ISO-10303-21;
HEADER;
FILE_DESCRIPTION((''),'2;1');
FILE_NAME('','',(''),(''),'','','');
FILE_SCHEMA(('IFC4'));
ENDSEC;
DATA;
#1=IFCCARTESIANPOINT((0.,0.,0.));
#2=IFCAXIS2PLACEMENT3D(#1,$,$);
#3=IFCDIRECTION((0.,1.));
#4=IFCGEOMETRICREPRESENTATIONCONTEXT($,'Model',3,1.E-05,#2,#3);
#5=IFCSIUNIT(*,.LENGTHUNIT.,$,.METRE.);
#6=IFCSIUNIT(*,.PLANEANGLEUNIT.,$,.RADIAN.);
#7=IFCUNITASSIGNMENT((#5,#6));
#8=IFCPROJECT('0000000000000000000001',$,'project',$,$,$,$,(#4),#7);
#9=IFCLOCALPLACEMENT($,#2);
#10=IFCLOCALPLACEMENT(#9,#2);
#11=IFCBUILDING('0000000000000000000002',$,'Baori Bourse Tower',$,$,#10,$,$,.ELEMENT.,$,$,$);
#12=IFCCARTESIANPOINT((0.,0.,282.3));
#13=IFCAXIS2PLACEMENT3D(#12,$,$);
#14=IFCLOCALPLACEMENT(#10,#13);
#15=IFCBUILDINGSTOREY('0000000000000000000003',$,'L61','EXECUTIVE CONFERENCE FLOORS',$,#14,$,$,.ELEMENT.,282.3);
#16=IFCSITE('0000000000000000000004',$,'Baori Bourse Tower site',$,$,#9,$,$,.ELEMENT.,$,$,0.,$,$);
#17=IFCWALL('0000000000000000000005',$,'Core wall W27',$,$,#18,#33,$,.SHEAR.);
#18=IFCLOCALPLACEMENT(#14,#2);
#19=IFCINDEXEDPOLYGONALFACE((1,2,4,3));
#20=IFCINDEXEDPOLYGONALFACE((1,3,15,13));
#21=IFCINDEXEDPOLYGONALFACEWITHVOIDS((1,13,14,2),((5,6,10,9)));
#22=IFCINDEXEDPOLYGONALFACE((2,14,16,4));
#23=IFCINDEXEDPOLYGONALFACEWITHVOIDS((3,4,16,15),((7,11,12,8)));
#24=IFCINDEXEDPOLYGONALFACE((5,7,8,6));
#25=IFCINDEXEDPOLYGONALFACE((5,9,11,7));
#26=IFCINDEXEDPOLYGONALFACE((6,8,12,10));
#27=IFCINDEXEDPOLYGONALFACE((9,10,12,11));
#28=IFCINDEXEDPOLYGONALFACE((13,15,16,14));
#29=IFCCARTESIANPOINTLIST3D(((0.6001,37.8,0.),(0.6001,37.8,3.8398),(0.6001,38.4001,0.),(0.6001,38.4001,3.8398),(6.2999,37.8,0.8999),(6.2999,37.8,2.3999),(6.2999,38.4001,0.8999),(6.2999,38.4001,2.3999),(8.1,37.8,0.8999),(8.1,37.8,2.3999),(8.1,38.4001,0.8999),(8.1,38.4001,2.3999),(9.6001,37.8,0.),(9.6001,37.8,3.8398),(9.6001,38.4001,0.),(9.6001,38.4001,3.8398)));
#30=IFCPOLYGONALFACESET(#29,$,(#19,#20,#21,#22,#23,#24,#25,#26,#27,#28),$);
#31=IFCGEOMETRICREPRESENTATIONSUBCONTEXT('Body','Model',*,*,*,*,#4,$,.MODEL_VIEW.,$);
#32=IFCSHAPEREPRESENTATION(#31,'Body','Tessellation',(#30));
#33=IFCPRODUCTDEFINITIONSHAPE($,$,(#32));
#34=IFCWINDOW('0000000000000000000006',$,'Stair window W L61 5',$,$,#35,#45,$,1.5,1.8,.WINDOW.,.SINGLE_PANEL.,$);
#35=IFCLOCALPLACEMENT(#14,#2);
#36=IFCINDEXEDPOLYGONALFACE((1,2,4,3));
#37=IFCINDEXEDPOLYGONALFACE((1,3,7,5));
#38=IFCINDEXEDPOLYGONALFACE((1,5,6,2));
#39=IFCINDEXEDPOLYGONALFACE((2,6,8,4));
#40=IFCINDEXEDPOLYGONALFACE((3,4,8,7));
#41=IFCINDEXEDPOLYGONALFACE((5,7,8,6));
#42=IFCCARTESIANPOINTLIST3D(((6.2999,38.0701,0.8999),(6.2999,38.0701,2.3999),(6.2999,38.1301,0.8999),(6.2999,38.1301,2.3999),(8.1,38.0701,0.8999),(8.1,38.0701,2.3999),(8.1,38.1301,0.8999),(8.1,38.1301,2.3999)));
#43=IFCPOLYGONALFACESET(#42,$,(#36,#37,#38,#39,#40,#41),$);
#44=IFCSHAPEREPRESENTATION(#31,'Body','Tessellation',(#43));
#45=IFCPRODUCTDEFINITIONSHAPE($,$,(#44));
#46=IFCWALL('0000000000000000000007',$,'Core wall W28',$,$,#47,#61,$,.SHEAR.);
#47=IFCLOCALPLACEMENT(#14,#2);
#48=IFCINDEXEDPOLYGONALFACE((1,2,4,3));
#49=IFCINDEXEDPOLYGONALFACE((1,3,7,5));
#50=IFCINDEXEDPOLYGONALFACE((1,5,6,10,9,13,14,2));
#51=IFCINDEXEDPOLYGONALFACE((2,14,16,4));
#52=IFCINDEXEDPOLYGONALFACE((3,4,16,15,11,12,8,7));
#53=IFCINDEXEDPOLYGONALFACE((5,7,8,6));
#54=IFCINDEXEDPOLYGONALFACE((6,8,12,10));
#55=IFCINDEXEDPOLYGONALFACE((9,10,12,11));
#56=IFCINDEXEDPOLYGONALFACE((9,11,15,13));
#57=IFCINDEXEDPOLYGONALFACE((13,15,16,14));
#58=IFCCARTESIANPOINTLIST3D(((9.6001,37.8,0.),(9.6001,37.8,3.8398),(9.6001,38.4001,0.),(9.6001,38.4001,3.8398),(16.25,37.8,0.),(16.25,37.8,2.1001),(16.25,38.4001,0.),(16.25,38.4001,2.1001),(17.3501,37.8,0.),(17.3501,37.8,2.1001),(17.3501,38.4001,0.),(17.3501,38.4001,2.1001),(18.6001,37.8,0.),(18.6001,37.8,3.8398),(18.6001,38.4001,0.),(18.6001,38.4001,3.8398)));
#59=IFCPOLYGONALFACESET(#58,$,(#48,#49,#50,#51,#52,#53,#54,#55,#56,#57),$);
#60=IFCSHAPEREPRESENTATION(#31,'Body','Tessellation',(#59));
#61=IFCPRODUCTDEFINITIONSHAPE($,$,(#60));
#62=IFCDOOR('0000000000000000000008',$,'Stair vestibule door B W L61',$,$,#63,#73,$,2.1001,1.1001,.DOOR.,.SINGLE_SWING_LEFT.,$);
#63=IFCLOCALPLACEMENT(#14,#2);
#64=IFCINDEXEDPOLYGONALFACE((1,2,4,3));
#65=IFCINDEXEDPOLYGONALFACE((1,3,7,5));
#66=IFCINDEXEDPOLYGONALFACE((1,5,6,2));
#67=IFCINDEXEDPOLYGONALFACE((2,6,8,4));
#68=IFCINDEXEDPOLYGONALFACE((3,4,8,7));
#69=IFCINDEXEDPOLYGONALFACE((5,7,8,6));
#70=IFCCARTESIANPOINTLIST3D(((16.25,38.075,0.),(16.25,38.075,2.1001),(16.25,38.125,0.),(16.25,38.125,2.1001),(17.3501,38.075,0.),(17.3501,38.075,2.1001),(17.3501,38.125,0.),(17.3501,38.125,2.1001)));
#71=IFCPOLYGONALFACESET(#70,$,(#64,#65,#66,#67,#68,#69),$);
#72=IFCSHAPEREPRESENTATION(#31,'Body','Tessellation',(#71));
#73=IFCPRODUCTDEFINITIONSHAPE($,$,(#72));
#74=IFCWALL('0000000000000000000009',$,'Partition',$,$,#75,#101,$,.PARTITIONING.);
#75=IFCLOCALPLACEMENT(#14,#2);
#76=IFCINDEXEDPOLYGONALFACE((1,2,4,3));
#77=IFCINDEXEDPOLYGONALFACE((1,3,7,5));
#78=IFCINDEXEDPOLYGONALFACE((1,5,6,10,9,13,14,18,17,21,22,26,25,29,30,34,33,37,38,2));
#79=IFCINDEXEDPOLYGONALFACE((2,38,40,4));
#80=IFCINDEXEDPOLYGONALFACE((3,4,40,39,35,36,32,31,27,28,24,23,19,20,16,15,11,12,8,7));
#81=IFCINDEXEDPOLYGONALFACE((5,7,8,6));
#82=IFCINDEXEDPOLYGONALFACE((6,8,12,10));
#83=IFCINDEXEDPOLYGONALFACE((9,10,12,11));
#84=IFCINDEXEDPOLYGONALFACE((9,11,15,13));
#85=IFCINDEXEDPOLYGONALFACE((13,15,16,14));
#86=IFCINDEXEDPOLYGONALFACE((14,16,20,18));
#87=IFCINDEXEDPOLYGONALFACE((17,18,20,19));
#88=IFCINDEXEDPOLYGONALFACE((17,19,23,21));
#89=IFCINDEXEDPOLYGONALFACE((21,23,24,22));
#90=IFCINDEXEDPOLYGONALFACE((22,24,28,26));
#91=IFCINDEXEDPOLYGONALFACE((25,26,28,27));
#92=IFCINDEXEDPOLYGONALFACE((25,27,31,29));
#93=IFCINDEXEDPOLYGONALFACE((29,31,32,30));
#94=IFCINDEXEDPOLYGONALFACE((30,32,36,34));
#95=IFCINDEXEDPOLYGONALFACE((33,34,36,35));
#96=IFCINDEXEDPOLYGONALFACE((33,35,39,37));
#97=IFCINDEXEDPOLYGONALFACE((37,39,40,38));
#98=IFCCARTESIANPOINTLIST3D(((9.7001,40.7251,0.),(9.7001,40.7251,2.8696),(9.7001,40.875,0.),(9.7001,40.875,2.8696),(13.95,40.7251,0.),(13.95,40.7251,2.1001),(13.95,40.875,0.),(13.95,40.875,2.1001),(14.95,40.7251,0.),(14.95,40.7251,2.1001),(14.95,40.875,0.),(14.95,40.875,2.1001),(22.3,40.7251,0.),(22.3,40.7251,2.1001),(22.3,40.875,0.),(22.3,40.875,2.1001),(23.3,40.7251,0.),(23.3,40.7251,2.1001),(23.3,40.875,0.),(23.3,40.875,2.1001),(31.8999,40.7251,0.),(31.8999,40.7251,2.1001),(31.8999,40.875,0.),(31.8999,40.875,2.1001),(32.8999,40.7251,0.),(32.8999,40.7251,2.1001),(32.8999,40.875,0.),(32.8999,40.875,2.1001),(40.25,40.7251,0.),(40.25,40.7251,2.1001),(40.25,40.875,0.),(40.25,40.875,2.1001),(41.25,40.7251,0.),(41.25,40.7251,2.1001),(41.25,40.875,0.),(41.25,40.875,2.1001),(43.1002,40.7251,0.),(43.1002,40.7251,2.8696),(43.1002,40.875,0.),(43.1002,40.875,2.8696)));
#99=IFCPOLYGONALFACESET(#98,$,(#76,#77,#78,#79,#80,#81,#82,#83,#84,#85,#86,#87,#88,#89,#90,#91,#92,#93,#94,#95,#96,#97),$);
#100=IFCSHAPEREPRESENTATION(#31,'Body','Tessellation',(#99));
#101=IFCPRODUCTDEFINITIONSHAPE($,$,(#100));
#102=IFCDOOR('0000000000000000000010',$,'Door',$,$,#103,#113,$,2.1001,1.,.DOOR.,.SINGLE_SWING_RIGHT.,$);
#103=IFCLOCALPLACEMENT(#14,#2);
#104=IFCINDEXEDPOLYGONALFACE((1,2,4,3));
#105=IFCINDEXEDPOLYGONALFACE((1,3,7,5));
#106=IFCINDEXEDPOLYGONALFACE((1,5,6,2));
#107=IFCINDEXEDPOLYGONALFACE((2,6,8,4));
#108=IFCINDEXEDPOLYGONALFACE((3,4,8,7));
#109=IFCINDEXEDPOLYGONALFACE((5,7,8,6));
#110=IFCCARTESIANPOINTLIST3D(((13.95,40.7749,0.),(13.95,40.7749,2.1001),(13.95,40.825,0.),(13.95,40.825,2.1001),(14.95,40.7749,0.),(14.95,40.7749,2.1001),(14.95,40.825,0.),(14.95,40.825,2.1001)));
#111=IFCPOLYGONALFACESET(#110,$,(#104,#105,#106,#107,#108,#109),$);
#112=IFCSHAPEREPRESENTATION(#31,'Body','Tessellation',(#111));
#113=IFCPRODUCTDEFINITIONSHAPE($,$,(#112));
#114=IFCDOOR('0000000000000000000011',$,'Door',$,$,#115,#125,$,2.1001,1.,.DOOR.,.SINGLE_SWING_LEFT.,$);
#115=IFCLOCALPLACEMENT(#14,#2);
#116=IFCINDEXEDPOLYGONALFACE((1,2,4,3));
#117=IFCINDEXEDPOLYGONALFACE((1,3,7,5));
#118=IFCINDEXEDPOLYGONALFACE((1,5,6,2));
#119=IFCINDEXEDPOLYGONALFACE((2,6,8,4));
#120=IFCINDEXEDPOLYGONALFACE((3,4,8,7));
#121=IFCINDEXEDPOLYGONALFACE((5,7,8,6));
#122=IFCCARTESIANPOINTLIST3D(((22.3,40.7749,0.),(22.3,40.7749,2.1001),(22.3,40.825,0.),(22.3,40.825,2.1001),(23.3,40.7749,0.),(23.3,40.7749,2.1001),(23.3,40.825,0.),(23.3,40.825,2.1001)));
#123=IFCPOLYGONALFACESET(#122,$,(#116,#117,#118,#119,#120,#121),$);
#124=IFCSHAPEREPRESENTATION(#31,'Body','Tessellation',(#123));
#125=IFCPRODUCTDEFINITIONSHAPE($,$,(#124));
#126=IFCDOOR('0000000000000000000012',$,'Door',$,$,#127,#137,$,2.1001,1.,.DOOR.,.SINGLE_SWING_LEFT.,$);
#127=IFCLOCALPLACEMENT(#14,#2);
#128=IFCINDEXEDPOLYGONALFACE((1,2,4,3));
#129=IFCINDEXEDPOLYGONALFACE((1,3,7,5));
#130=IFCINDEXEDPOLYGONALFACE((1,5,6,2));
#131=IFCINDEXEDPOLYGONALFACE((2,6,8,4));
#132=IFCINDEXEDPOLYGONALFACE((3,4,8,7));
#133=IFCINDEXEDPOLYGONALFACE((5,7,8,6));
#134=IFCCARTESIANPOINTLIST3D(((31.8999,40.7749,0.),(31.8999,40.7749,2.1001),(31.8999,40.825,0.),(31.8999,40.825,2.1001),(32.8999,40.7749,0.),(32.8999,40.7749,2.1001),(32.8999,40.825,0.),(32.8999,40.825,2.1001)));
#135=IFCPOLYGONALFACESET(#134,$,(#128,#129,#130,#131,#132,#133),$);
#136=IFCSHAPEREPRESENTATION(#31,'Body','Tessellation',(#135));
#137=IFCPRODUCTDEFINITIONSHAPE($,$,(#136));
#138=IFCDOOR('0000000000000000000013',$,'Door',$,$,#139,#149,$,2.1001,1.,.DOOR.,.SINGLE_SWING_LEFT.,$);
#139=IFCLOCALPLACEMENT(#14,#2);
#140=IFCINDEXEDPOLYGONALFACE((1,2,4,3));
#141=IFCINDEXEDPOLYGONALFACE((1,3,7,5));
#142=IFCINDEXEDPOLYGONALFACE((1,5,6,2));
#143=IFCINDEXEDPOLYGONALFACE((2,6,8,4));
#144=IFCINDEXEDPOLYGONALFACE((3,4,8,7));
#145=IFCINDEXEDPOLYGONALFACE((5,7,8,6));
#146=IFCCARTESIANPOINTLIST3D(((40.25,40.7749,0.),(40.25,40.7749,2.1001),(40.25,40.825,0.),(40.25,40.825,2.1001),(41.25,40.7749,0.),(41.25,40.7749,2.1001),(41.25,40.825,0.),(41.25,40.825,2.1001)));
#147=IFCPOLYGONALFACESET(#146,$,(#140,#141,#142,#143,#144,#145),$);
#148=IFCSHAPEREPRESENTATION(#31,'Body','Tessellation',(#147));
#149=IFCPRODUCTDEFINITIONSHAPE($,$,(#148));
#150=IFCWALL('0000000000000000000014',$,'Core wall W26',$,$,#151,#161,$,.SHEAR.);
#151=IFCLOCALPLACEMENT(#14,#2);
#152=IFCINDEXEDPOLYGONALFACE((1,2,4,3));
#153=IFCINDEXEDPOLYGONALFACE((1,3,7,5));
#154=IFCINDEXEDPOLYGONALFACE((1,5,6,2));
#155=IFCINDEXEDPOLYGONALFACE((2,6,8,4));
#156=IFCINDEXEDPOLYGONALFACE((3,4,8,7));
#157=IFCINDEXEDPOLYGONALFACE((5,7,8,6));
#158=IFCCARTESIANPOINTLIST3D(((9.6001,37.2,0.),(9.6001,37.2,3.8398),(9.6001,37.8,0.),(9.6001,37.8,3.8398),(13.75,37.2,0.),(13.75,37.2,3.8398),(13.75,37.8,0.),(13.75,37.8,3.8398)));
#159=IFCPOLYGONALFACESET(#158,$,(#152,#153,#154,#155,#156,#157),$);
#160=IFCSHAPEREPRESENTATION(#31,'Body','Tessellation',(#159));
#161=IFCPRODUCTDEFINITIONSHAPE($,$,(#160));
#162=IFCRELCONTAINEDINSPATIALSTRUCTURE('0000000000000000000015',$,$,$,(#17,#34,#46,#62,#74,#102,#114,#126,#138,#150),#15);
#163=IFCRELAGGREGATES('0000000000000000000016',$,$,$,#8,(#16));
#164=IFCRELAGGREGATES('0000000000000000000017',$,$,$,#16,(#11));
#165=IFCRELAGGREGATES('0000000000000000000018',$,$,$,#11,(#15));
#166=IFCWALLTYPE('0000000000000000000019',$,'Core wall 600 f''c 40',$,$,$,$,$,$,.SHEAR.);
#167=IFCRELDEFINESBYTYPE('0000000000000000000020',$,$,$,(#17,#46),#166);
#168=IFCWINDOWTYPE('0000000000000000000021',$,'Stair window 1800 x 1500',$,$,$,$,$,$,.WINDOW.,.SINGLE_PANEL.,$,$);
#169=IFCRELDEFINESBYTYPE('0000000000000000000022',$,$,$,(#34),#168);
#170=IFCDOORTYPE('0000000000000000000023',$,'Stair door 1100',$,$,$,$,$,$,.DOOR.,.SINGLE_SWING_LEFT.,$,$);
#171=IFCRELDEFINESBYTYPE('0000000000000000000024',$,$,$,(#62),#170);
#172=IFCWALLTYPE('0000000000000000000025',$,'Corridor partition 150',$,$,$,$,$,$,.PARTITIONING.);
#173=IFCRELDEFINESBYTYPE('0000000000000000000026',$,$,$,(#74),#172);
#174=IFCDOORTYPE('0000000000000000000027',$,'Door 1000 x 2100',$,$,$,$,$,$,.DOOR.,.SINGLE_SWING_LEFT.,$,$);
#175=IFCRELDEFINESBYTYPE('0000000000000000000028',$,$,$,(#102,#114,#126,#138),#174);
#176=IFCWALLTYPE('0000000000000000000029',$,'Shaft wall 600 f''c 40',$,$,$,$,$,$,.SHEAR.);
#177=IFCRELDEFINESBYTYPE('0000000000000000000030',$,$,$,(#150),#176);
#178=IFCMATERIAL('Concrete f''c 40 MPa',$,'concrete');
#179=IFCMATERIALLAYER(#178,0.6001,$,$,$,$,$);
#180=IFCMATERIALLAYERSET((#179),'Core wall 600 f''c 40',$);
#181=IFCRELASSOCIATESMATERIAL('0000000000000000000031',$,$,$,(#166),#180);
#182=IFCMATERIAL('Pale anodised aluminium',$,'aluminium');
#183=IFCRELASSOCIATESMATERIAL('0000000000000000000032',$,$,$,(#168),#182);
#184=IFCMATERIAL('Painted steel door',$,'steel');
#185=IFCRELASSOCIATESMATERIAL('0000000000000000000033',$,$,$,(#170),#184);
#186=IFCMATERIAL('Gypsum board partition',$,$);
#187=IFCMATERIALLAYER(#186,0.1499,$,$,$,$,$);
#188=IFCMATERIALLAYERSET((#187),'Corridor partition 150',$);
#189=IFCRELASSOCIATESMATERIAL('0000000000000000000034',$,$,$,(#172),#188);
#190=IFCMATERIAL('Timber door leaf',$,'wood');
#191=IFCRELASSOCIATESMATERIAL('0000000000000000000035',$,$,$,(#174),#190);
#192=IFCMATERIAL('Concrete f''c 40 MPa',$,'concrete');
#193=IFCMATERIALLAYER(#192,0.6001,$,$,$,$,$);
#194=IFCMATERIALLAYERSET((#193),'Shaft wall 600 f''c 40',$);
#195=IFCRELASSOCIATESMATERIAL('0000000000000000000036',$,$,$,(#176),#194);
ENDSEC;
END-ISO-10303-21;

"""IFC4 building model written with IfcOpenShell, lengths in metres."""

from ifc_helpers import new_model, si_unit, direction, frame, frame_2d, origin, place, context, subcontext, project, spatial, rectangle, extrude, material, layer, layer_set, type_object, element, fill, save


model = new_model("IFC4")

# Units and contexts
model_context = context("Model", 3, precision=1e-05, world=origin(), true_north=direction((0.0, 1.0)))
body_context = subcontext(model_context, "Body", "Model", "MODEL_VIEW")
ifc_project = project(units=[si_unit("LENGTHUNIT", "METRE"), si_unit("PLANEANGLEUNIT", "RADIAN")], contexts=[model_context])

# Site, building, storey
site_placement = place(None, origin())
site = spatial("IfcSite", under=ifc_project, at=site_placement, Name="Baori Bourse Tower site", CompositionType="ELEMENT", RefElevation=0.0)
building_placement = place(site_placement, origin())
building = spatial("IfcBuilding", under=site, at=building_placement, Name="Baori Bourse Tower", CompositionType="ELEMENT")
storey_placement = place(building_placement, frame((0.0, 0.0, 282.3)))
storey = spatial("IfcBuildingStorey", under=building, at=storey_placement, Name="L61", Description="EXECUTIVE CONFERENCE FLOORS", CompositionType="ELEMENT", Elevation=282.3)

# Wall, opening, window
ifc_material_1 = material(Name="Concrete f'c 40 MPa", Category="concrete")
ifc_layer_1 = layer(ifc_material_1, 0.6001)
ifc_layer_set_1 = layer_set([ifc_layer_1], Name="Core wall 600 f'c 40")
wall_type_1 = type_object("IfcWallType", Name="Core wall 600 f'c 40", PredefinedType="SHEAR", material=ifc_layer_set_1)
wall_1_placement = place(storey_placement, frame((0.6001, 38.1001, 0.0), z_axis=(0.0, 0.0, 1.0), x_axis=(1.0, 0.0, 0.0)))
wall_1 = element("IfcWall", 1, at=wall_1_placement, inside=storey, type_object=wall_type_1, Name="Core wall W27", PredefinedType="SHEAR", context=body_context, shape_type="SweptSolid", body=[
    extrude(rectangle(XDim=9.0, YDim=0.6001, at=frame_2d((4.5, 0.0))), origin(), (0.0, 0.0, 1.0), 3.8398),
])
opening_1_placement = place(wall_1_placement, frame((5.7, 0.0, 0.8999)))
opening_1 = element("IfcOpeningElement", 2, at=opening_1_placement, cuts=wall_1, PredefinedType="OPENING", context=body_context, shape_type="SweptSolid", body=[
    extrude(rectangle(XDim=1.8, YDim=1.5, at=frame_2d((0.8999, 0.75))), frame((0.0, 0.3101, 0.0), z_axis=(0.0, -1.0, 0.0), x_axis=(1.0, 0.0, 0.0)), (0.0, 0.0, 1.0), 0.6201),
])
ifc_material_2 = material(Name="Pale anodised aluminium", Category="aluminium")
window_type = type_object("IfcWindowType", Name="Stair window 1800 x 1500", PartitioningType="SINGLE_PANEL", PredefinedType="WINDOW", material=ifc_material_2)
window_placement = place(opening_1_placement, origin())
window = element("IfcWindow", 3, at=window_placement, inside=storey, type_object=window_type, Name="Stair window W L61 5", OverallHeight=1.5, OverallWidth=1.8, PartitioningType="SINGLE_PANEL", PredefinedType="WINDOW", context=body_context, shape_type="SweptSolid", body=[
    extrude(rectangle(XDim=1.8, YDim=1.5, at=frame_2d((0.8999, 0.75))), frame((0.0, 0.03, 0.0), z_axis=(0.0, -1.0, 0.0), x_axis=(1.0, 0.0, 0.0)), (0.0, 0.0, 1.0), 0.0601),
])
fill(opening_1, window)

# Wall, opening, door
wall_2_placement = place(storey_placement, frame((9.6001, 38.1001, 0.0), z_axis=(0.0, 0.0, 1.0), x_axis=(1.0, 0.0, 0.0)))
wall_2 = element("IfcWall", 4, at=wall_2_placement, inside=storey, type_object=wall_type_1, Name="Core wall W28", PredefinedType="SHEAR", context=body_context, shape_type="SweptSolid", body=[
    extrude(rectangle(XDim=9.0, YDim=0.6001, at=frame_2d((4.5, 0.0))), origin(), (0.0, 0.0, 1.0), 3.8398),
])
opening_2_placement = place(wall_2_placement, frame((6.6499, 0.0, 0.0)))
opening_2 = element("IfcOpeningElement", 5, at=opening_2_placement, cuts=wall_2, PredefinedType="OPENING", context=body_context, shape_type="SweptSolid", body=[
    extrude(rectangle(XDim=1.1001, YDim=2.1001, at=frame_2d((0.55, 1.05))), frame((0.0, 0.3101, 0.0), z_axis=(0.0, -1.0, 0.0), x_axis=(1.0, 0.0, 0.0)), (0.0, 0.0, 1.0), 0.6201),
])
ifc_material_3 = material(Name="Painted steel door", Category="steel")
door_type_1 = type_object("IfcDoorType", Name="Stair door 1100", OperationType="SINGLE_SWING_LEFT", PredefinedType="DOOR", material=ifc_material_3)
door_1_placement = place(opening_2_placement, origin())
door_1 = element("IfcDoor", 6, at=door_1_placement, inside=storey, type_object=door_type_1, Name="Stair vestibule door B W L61", OperationType="SINGLE_SWING_LEFT", OverallHeight=2.1001, OverallWidth=1.1001, PredefinedType="DOOR", context=body_context, shape_type="SweptSolid", body=[
    extrude(rectangle(XDim=1.1001, YDim=2.1001, at=frame_2d((0.55, 1.05))), frame((0.0, 0.0249, 0.0), z_axis=(0.0, -1.0, 0.0), x_axis=(1.0, 0.0, 0.0)), (0.0, 0.0, 1.0), 0.05),
])
fill(opening_2, door_1)

# Wall, openings, doors
ifc_material_4 = material(Name="Gypsum board partition")
ifc_layer_2 = layer(ifc_material_4, 0.1499)
ifc_layer_set_2 = layer_set([ifc_layer_2], Name="Corridor partition 150")
wall_type_2 = type_object("IfcWallType", Name="Corridor partition 150", PredefinedType="PARTITIONING", material=ifc_layer_set_2)
wall_3_placement = place(storey_placement, frame((9.7, 40.8, 0.0), z_axis=(0.0, 0.0, 1.0), x_axis=(1.0, 0.0, 0.0)))
wall_3 = element("IfcWall", 7, at=wall_3_placement, inside=storey, type_object=wall_type_2, Name="Partition", PredefinedType="PARTITIONING", context=body_context, shape_type="SweptSolid", body=[
    extrude(rectangle(XDim=33.4001, YDim=0.1499, at=frame_2d((16.7002, 0.0))), origin(), (0.0, 0.0, 1.0), 2.8696),
])
opening_3_placement = place(wall_3_placement, frame((4.25, 0.0, 0.0)))
opening_3 = element("IfcOpeningElement", 8, at=opening_3_placement, cuts=wall_3, PredefinedType="OPENING", context=body_context, shape_type="SweptSolid", body=[
    extrude(rectangle(XDim=1.0, YDim=2.1001, at=frame_2d((0.5, 1.05))), frame((0.0, 0.085, 0.0), z_axis=(0.0, -1.0, 0.0), x_axis=(1.0, 0.0, 0.0)), (0.0, 0.0, 1.0), 0.1699),
])
opening_4_placement = place(wall_3_placement, frame((12.6001, 0.0, 0.0)))
opening_4 = element("IfcOpeningElement", 9, at=opening_4_placement, cuts=wall_3, PredefinedType="OPENING", context=body_context, shape_type="SweptSolid", body=[
    extrude(rectangle(XDim=1.0, YDim=2.1001, at=frame_2d((0.5, 1.05))), frame((0.0, 0.085, 0.0), z_axis=(0.0, -1.0, 0.0), x_axis=(1.0, 0.0, 0.0)), (0.0, 0.0, 1.0), 0.1699),
])
opening_5_placement = place(wall_3_placement, frame((22.2, 0.0, 0.0)))
opening_5 = element("IfcOpeningElement", 10, at=opening_5_placement, cuts=wall_3, PredefinedType="OPENING", context=body_context, shape_type="SweptSolid", body=[
    extrude(rectangle(XDim=1.0, YDim=2.1001, at=frame_2d((0.5, 1.05))), frame((0.0, 0.085, 0.0), z_axis=(0.0, -1.0, 0.0), x_axis=(1.0, 0.0, 0.0)), (0.0, 0.0, 1.0), 0.1699),
])
opening_6_placement = place(wall_3_placement, frame((30.55, 0.0, 0.0)))
opening_6 = element("IfcOpeningElement", 11, at=opening_6_placement, cuts=wall_3, PredefinedType="OPENING", context=body_context, shape_type="SweptSolid", body=[
    extrude(rectangle(XDim=1.0, YDim=2.1001, at=frame_2d((0.5, 1.05))), frame((0.0, 0.085, 0.0), z_axis=(0.0, -1.0, 0.0), x_axis=(1.0, 0.0, 0.0)), (0.0, 0.0, 1.0), 0.1699),
])
ifc_material_5 = material(Name="Timber door leaf", Category="wood")
door_type_2 = type_object("IfcDoorType", Name="Door 1000 x 2100", OperationType="SINGLE_SWING_LEFT", PredefinedType="DOOR", material=ifc_material_5)
door_2_placement = place(opening_3_placement, origin())
door_2 = element("IfcDoor", 12, at=door_2_placement, inside=storey, type_object=door_type_2, Name="Door", OperationType="SINGLE_SWING_RIGHT", OverallHeight=2.1001, OverallWidth=1.0, PredefinedType="DOOR", context=body_context, shape_type="SweptSolid", body=[
    extrude(rectangle(XDim=1.0, YDim=2.1001, at=frame_2d((0.5, 1.05))), frame((0.0, 0.0249, 0.0), z_axis=(0.0, -1.0, 0.0), x_axis=(1.0, 0.0, 0.0)), (0.0, 0.0, 1.0), 0.05),
])
fill(opening_3, door_2)
door_3_placement = place(opening_4_placement, origin())
door_3 = element("IfcDoor", 13, at=door_3_placement, inside=storey, type_object=door_type_2, Name="Door", OperationType="SINGLE_SWING_LEFT", OverallHeight=2.1001, OverallWidth=1.0, PredefinedType="DOOR", context=body_context, shape_type="SweptSolid", body=[
    extrude(rectangle(XDim=1.0, YDim=2.1001, at=frame_2d((0.5, 1.05))), frame((0.0, 0.0249, 0.0), z_axis=(0.0, -1.0, 0.0), x_axis=(1.0, 0.0, 0.0)), (0.0, 0.0, 1.0), 0.05),
])
fill(opening_4, door_3)
door_4_placement = place(opening_5_placement, origin())
door_4 = element("IfcDoor", 14, at=door_4_placement, inside=storey, type_object=door_type_2, Name="Door", OperationType="SINGLE_SWING_LEFT", OverallHeight=2.1001, OverallWidth=1.0, PredefinedType="DOOR", context=body_context, shape_type="SweptSolid", body=[
    extrude(rectangle(XDim=1.0, YDim=2.1001, at=frame_2d((0.5, 1.05))), frame((0.0, 0.0249, 0.0), z_axis=(0.0, -1.0, 0.0), x_axis=(1.0, 0.0, 0.0)), (0.0, 0.0, 1.0), 0.05),
])
fill(opening_5, door_4)
door_5_placement = place(opening_6_placement, origin())
door_5 = element("IfcDoor", 15, at=door_5_placement, inside=storey, type_object=door_type_2, Name="Door", OperationType="SINGLE_SWING_LEFT", OverallHeight=2.1001, OverallWidth=1.0, PredefinedType="DOOR", context=body_context, shape_type="SweptSolid", body=[
    extrude(rectangle(XDim=1.0, YDim=2.1001, at=frame_2d((0.5, 1.05))), frame((0.0, 0.0249, 0.0), z_axis=(0.0, -1.0, 0.0), x_axis=(1.0, 0.0, 0.0)), (0.0, 0.0, 1.0), 0.05),
])
fill(opening_6, door_5)

# Wall
ifc_material_6 = material(Name="Concrete f'c 40 MPa", Category="concrete")
ifc_layer_3 = layer(ifc_material_6, 0.6001)
ifc_layer_set_3 = layer_set([ifc_layer_3], Name="Shaft wall 600 f'c 40")
wall_type_3 = type_object("IfcWallType", Name="Shaft wall 600 f'c 40", PredefinedType="SHEAR", material=ifc_layer_set_3)
wall_4_placement = place(storey_placement, frame((9.6001, 37.5, 0.0), z_axis=(0.0, 0.0, 1.0), x_axis=(1.0, 0.0, 0.0)))
element("IfcWall", 16, at=wall_4_placement, inside=storey, type_object=wall_type_3, Name="Core wall W26", PredefinedType="SHEAR", context=body_context, shape_type="SweptSolid", body=[
    extrude(rectangle(XDim=4.1499, YDim=0.6001, at=frame_2d((2.075, 0.0))), origin(), (0.0, 0.0, 1.0), 3.8398),
])

save(model, "model.ifc")
